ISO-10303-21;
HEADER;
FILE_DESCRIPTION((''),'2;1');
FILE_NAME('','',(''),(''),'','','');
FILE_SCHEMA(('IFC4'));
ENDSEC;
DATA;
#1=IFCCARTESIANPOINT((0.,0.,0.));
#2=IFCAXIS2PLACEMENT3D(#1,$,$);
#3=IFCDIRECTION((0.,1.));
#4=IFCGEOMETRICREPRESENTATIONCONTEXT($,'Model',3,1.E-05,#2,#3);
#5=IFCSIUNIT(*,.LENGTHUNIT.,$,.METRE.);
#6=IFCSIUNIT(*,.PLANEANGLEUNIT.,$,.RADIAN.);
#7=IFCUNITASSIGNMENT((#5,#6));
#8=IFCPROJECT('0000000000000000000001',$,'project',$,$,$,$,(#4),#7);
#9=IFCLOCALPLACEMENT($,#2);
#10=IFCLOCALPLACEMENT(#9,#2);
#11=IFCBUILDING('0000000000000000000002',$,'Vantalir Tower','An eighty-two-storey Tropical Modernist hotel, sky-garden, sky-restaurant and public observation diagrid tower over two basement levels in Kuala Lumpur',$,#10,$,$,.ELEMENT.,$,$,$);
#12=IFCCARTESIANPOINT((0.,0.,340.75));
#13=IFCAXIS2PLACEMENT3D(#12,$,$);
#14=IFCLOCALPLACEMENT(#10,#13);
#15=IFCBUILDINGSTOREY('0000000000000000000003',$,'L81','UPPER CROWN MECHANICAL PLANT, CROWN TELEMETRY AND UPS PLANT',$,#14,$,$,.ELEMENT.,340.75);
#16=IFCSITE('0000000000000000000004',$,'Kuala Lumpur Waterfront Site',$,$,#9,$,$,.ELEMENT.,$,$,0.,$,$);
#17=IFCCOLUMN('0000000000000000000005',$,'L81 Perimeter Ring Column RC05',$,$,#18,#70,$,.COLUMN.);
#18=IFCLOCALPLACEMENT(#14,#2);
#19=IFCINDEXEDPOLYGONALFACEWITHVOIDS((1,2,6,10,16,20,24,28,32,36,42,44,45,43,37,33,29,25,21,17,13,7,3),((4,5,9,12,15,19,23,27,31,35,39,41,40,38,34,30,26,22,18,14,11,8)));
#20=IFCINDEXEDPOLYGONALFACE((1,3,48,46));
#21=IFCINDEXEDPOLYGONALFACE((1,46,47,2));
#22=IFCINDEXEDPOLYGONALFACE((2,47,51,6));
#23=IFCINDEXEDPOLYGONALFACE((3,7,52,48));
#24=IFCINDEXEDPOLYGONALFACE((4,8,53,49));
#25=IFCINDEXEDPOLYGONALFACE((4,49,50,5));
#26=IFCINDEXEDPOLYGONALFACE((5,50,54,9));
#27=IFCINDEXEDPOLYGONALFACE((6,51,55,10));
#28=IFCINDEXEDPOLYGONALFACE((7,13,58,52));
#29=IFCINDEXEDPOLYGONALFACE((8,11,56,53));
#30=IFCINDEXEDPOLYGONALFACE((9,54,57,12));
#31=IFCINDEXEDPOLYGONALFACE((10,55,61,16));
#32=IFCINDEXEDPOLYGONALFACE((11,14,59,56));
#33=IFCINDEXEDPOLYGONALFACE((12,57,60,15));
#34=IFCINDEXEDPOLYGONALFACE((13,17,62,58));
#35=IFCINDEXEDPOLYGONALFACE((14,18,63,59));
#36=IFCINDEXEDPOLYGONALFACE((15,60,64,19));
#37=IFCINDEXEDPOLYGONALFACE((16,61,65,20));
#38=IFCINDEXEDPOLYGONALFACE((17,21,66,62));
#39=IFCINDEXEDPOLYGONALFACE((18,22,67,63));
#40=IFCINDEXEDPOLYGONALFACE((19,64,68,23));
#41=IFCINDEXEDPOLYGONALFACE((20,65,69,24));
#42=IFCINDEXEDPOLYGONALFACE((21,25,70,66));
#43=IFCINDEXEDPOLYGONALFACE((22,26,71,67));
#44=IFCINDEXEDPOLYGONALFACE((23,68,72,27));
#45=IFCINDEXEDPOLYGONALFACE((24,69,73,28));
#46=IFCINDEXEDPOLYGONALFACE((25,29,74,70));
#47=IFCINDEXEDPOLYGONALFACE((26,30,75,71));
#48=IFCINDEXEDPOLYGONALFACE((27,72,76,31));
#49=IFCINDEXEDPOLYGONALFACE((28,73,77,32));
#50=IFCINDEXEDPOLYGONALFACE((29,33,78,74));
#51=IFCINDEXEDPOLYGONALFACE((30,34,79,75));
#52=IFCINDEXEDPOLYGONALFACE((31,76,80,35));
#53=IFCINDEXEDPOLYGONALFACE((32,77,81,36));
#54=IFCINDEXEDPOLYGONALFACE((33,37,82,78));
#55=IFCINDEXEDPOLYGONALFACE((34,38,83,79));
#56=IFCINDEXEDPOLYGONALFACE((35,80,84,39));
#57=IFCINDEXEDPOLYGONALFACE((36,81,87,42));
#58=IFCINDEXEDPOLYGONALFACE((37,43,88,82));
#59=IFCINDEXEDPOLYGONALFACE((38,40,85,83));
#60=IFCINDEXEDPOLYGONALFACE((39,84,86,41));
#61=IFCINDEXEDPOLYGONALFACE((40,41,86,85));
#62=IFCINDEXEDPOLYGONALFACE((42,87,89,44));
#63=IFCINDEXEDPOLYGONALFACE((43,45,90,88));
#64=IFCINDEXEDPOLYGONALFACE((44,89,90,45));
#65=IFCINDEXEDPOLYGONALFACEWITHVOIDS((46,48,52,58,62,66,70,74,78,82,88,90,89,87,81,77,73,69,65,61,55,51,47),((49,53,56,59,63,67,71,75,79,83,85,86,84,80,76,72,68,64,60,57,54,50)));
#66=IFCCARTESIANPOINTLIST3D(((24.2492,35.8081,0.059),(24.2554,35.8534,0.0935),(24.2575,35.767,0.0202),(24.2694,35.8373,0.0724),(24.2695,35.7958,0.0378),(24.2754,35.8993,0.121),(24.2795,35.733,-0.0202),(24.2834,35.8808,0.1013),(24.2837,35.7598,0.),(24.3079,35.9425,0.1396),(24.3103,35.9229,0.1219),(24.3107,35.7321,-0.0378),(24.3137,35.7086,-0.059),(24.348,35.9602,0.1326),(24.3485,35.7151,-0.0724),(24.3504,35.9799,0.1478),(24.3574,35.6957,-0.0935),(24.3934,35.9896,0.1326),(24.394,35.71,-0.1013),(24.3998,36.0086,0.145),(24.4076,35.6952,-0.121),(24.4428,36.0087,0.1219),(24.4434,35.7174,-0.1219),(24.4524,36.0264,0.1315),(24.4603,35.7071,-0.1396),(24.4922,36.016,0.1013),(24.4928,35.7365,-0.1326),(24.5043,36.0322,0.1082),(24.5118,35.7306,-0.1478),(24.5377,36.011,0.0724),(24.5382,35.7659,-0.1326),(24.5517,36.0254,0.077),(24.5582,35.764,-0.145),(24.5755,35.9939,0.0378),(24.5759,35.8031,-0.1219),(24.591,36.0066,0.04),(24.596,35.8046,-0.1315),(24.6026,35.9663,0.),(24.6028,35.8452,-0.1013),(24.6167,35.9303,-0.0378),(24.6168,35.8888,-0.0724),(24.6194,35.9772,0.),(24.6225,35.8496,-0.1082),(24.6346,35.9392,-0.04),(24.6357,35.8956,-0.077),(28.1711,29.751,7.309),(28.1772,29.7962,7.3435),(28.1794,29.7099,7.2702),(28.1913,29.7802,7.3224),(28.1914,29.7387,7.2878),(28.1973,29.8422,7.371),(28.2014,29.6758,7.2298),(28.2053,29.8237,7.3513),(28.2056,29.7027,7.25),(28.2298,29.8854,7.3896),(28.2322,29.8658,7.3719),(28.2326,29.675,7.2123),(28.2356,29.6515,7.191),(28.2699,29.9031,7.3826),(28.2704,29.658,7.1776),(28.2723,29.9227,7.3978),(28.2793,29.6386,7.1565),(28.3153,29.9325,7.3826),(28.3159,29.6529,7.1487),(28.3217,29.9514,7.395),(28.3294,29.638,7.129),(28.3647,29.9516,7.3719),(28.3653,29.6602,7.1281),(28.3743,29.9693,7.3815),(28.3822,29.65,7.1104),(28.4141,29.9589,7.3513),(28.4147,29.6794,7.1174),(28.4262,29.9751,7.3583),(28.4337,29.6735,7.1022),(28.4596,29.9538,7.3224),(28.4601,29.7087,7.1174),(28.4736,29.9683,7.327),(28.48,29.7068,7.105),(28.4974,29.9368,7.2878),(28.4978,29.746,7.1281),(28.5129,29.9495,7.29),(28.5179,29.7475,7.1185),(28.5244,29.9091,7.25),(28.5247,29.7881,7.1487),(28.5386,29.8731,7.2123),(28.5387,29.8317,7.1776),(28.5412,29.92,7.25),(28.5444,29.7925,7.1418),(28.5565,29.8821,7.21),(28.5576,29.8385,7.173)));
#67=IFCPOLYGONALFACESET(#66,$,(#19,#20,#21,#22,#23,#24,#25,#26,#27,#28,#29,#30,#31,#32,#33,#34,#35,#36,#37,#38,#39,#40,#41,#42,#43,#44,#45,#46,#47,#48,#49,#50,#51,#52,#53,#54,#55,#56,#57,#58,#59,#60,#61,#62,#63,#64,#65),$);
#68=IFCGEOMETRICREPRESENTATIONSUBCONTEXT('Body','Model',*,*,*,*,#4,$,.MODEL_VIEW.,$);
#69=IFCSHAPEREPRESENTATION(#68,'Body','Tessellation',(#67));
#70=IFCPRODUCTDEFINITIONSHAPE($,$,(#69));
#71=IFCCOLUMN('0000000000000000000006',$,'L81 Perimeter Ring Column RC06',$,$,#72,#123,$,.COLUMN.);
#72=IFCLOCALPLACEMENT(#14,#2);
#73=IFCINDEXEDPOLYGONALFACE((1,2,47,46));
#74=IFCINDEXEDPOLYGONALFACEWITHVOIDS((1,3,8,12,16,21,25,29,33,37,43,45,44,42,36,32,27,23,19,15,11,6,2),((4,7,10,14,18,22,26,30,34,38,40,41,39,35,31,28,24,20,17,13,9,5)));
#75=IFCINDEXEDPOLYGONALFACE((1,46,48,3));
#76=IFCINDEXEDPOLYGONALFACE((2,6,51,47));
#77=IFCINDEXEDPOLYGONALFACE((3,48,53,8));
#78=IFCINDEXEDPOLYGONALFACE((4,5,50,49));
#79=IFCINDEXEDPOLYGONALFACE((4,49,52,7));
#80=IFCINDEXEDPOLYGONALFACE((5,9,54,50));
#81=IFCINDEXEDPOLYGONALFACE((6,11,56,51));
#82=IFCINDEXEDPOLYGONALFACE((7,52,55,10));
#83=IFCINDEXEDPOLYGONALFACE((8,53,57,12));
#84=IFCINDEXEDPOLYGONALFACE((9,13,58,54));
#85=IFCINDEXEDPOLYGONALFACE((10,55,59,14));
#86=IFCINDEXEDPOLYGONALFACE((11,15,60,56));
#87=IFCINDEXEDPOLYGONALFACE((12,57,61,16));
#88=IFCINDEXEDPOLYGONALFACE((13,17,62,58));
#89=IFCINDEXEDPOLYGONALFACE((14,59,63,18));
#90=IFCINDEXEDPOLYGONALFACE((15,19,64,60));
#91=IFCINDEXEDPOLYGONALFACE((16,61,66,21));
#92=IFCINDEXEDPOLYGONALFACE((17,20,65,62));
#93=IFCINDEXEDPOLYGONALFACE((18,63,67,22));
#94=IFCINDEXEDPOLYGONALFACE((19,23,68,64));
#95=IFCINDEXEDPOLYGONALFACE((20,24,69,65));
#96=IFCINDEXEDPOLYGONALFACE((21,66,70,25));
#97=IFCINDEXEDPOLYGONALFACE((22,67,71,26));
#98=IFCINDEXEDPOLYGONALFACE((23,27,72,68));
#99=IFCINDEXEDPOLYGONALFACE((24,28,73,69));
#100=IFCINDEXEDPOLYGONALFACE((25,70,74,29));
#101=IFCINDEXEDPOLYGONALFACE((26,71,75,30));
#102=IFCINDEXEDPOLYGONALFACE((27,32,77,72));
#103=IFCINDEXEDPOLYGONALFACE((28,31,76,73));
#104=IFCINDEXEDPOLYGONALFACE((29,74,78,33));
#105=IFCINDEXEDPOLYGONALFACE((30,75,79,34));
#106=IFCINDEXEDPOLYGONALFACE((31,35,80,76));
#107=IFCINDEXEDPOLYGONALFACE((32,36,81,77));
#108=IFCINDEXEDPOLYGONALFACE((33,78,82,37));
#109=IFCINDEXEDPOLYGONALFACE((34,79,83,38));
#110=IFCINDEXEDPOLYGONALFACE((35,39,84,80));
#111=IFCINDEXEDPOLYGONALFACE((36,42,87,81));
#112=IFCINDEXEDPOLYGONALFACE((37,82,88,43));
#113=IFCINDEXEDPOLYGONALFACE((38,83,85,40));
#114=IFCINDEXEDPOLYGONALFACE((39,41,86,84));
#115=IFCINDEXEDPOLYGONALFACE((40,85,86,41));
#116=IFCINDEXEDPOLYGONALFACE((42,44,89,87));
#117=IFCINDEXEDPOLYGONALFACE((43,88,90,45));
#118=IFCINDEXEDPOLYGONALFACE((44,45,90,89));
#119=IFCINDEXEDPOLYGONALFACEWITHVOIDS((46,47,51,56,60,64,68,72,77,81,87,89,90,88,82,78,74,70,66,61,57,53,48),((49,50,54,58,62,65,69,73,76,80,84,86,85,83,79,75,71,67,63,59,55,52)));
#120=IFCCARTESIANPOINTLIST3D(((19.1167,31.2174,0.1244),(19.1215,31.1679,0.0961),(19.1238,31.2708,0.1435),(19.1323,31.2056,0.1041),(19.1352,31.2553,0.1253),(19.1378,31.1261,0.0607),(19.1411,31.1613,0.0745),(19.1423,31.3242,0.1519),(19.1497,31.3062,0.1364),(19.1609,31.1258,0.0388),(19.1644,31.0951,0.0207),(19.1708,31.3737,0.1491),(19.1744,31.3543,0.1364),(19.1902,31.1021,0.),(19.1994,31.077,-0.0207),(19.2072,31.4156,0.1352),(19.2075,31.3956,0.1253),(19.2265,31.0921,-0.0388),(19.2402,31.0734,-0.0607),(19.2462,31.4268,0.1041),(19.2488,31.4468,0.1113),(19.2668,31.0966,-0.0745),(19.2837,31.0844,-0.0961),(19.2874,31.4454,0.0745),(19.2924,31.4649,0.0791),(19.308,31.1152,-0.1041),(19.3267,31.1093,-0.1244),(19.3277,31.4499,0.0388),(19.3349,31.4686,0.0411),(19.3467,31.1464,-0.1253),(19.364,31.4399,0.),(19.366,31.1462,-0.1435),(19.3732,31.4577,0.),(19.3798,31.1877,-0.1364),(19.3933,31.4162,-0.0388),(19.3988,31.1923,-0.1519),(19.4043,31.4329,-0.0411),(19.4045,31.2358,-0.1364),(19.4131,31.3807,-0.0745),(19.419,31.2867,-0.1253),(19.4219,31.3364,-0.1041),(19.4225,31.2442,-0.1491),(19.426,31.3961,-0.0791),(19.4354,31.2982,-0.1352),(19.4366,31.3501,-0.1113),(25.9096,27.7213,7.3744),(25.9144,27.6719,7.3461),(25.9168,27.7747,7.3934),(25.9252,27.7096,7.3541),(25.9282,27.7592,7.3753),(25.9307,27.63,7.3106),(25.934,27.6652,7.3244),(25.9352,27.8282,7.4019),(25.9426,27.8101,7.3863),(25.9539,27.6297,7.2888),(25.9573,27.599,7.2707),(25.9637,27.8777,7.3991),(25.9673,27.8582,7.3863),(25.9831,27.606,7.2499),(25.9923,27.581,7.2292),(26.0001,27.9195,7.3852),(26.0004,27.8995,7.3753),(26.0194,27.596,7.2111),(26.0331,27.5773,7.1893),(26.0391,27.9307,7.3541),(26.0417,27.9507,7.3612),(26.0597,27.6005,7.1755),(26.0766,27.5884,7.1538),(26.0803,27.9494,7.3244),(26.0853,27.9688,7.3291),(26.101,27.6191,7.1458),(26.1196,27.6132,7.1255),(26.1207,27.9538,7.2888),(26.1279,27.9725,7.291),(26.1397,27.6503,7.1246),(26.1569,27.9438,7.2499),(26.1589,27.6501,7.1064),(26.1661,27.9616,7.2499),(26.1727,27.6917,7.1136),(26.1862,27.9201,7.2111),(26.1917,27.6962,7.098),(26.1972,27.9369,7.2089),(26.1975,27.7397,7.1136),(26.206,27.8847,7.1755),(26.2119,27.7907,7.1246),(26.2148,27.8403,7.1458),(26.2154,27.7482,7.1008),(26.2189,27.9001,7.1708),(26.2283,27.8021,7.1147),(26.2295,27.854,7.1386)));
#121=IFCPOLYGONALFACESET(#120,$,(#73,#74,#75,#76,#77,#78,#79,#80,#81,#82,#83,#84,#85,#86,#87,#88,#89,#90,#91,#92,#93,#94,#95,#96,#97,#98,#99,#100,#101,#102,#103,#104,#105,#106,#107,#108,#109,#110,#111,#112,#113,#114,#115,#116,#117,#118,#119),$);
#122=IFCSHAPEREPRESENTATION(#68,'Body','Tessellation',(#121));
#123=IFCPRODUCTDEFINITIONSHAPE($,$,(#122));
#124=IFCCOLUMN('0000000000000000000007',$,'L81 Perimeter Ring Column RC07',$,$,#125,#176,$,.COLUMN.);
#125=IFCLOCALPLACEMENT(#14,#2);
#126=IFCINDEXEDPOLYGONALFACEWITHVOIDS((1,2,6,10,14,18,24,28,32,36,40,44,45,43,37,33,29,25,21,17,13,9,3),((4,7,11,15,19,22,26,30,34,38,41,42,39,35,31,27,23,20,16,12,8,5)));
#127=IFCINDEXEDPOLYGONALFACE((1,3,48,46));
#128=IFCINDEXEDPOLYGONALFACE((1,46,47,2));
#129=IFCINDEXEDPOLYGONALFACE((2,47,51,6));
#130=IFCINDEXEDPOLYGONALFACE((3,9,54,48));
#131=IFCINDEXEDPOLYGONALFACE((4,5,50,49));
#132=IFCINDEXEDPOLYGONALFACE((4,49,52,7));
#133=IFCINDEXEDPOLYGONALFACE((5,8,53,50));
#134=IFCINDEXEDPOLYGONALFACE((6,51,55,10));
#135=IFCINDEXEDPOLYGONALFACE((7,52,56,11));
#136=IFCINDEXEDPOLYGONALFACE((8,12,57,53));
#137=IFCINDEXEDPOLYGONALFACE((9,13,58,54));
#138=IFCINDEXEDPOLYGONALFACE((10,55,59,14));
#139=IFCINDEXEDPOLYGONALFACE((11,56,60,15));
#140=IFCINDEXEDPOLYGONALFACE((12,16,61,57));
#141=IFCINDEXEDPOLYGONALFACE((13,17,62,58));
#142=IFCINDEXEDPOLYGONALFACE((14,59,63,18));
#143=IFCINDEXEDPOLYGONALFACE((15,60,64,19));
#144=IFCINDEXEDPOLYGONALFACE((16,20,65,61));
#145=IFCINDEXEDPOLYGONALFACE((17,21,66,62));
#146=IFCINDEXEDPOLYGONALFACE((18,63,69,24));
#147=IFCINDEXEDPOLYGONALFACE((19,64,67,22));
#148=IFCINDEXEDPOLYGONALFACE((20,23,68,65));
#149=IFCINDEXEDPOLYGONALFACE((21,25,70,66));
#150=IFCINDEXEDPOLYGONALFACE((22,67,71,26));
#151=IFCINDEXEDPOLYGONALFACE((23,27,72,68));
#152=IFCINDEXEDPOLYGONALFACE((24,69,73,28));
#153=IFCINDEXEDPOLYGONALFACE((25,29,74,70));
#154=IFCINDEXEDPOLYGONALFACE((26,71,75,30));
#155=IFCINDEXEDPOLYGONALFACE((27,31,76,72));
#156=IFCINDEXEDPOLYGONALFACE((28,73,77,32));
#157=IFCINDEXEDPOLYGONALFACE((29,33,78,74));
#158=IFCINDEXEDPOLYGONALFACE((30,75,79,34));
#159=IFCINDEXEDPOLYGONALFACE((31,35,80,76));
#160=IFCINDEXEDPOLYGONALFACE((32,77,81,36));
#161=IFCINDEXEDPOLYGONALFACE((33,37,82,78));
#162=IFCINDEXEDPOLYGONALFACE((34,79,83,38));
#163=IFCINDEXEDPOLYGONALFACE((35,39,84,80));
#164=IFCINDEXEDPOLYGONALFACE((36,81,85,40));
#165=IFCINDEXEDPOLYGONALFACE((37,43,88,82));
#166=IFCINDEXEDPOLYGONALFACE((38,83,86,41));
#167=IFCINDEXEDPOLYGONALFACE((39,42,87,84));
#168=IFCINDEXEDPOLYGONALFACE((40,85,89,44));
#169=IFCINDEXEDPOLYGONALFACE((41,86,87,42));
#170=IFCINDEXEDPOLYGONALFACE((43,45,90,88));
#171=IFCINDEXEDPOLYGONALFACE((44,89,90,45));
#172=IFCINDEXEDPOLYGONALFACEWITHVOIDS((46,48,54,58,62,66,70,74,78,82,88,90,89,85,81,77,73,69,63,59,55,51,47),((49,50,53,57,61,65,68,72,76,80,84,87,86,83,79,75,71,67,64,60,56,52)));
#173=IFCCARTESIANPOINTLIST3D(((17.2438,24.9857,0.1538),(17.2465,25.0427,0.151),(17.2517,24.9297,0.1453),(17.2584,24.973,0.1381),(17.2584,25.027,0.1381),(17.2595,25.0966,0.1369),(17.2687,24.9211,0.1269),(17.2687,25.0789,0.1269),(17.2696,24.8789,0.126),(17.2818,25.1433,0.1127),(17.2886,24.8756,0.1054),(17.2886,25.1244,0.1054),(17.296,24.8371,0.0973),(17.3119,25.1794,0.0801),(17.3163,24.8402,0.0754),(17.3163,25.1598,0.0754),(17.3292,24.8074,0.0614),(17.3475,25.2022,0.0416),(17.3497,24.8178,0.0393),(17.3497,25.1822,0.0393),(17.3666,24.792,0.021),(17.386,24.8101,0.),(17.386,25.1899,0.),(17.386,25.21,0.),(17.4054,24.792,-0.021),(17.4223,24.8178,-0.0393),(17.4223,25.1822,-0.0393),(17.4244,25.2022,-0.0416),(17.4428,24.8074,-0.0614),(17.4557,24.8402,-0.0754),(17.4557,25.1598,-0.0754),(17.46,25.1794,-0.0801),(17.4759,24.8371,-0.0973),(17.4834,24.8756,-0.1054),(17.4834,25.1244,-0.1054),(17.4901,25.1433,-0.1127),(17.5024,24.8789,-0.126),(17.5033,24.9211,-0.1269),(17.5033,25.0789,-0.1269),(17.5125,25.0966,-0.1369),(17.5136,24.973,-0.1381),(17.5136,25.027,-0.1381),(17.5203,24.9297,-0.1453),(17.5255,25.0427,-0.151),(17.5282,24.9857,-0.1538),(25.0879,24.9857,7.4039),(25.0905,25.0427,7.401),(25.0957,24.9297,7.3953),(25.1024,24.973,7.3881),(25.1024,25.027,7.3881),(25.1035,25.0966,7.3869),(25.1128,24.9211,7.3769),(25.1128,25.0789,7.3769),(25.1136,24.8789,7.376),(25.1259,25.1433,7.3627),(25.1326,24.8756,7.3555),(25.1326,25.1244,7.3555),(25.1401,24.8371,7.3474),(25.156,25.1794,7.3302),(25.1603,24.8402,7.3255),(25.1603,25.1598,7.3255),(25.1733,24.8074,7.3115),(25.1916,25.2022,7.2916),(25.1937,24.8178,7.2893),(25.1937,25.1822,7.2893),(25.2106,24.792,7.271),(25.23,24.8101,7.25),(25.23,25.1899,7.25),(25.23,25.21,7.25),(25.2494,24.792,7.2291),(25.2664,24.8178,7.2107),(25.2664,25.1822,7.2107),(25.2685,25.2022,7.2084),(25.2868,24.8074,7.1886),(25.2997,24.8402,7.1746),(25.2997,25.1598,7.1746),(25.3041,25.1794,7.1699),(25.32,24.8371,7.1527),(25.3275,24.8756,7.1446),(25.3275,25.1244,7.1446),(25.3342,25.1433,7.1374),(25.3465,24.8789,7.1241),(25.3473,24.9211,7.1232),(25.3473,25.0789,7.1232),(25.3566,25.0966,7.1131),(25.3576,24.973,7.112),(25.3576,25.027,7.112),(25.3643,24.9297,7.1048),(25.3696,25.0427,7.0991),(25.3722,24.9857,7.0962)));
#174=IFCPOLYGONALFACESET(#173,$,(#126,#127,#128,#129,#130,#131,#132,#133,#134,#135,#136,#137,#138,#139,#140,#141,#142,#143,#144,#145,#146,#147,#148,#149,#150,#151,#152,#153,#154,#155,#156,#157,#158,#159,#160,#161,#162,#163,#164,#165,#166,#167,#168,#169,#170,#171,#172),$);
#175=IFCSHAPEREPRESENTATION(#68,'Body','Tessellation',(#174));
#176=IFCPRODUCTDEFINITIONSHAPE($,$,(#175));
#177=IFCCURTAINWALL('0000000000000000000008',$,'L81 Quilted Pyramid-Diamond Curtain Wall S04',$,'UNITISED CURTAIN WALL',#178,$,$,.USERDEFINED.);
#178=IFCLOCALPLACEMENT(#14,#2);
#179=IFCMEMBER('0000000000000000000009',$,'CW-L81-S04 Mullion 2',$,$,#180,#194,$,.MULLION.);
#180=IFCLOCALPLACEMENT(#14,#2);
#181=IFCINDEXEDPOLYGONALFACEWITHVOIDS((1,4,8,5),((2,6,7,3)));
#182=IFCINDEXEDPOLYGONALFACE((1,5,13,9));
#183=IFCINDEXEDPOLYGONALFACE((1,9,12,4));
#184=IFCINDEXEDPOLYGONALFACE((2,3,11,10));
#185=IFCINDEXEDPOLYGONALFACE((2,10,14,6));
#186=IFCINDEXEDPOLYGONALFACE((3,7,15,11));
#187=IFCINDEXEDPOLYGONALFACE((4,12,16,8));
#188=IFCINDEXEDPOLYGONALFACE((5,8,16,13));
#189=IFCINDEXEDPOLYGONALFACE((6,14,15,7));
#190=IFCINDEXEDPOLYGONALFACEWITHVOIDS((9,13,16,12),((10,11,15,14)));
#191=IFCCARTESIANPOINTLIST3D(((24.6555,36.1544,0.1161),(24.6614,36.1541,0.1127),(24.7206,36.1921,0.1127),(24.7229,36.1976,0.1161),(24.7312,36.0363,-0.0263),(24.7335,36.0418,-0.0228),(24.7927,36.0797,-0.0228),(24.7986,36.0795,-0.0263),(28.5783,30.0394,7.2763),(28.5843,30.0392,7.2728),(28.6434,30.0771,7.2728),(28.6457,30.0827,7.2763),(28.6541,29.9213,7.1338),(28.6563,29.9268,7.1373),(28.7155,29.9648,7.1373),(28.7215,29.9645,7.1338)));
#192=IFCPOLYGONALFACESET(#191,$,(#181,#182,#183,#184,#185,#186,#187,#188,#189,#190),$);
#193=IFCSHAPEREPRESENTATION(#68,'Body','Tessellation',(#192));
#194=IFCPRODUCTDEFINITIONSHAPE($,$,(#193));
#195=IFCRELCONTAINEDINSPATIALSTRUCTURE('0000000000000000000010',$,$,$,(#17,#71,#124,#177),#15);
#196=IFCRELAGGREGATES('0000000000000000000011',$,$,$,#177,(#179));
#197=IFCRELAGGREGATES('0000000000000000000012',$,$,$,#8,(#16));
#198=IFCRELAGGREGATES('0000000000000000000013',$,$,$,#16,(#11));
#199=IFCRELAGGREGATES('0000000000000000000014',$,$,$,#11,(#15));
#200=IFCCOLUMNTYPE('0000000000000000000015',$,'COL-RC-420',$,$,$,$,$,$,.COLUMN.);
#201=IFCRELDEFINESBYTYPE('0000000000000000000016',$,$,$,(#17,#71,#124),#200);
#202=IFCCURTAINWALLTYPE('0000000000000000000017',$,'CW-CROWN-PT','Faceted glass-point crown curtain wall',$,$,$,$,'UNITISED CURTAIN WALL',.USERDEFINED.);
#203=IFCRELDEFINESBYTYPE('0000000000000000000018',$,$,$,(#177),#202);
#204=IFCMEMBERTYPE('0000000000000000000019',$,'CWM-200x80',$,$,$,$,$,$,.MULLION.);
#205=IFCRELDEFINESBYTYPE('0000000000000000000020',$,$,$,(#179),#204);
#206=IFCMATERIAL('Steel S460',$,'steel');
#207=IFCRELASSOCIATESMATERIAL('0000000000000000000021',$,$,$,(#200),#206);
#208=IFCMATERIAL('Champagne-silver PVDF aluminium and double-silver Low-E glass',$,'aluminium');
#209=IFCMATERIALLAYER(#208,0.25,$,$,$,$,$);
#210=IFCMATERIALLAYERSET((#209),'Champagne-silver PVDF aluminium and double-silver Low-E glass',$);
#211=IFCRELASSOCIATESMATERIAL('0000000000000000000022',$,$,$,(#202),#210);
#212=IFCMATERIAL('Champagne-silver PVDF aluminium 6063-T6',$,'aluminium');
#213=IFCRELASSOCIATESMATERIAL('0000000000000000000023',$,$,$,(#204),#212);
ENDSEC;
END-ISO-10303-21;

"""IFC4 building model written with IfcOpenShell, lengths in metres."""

from ifc_helpers import new_model, si_unit, direction, frame, origin, origin_2d, place, context, subcontext, project, spatial, hollow_rectangle, hollow_circle, extrude, material, layer, layer_set, material_profile, profile_set, type_object, element, aggregate, save


model = new_model("IFC4")

# Units and contexts
model_context = context("Model", 3, precision=1e-05, world=origin(), true_north=direction((0.0, 1.0)))
body_context = subcontext(model_context, "Body", "Model", "MODEL_VIEW")
ifc_project = project(units=[si_unit("LENGTHUNIT", "METRE"), si_unit("PLANEANGLEUNIT", "RADIAN")], contexts=[model_context])

# Site, building, storey
site_placement = place(None, origin())
site = spatial("IfcSite", under=ifc_project, at=site_placement, Name="Kuala Lumpur Waterfront Site", CompositionType="ELEMENT", RefElevation=0.0)
building_placement = place(site_placement, origin())
building = spatial("IfcBuilding", under=site, at=building_placement, Name="Vantalir Tower", Description="An eighty-two-storey Tropical Modernist hotel, sky-garden, sky-restaurant and public observation diagrid tower over two basement levels in Kuala Lumpur", CompositionType="ELEMENT")
storey_placement = place(building_placement, frame((0.0, 0.0, 340.75)))
storey = spatial("IfcBuildingStorey", under=building, at=storey_placement, Name="L81", Description="UPPER CROWN MECHANICAL PLANT, CROWN TELEMETRY AND UPS PLANT", CompositionType="ELEMENT", Elevation=340.75)

# Columns
ifc_material_1 = material(Name="Steel S460", Category="steel")
ifc_material_profile_1 = material_profile(ifc_material_1, hollow_circle(Radius=0.21, WallThickness=0.02, at=origin_2d()), Name="Steel S460")
ifc_profile_set_1 = profile_set([ifc_material_profile_1], Name="Steel S460")
column_type = type_object("IfcColumnType", Name="COL-RC-420", PredefinedType="COLUMN", material=ifc_profile_set_1)
column_1_placement = place(storey_placement, frame((24.4431, 35.863, 0.0), z_axis=(0.383408, -0.592153, 0.708769), x_axis=(0.839409, 0.543501, 0.0)))
element("IfcColumn", 1, at=column_1_placement, inside=storey, type_object=column_type, Name="L81 Perimeter Ring Column RC05", PredefinedType="COLUMN", context=body_context, shape_type="SweptSolid", body=[
    extrude(hollow_circle(Radius=0.21, WallThickness=0.02, at=origin_2d()), origin(), (0.0, 0.0, 1.0), 10.229),
])
column_2_placement = place(storey_placement, frame((19.2771, 31.271, 0.0), z_axis=(0.644965, -0.33194, 0.688358), x_axis=(0.457614, 0.889151, 0.0)))
element("IfcColumn", 2, at=column_2_placement, inside=storey, type_object=column_type, Name="L81 Perimeter Ring Column RC06", PredefinedType="COLUMN", context=body_context, shape_type="SweptSolid", body=[
    extrude(hollow_circle(Radius=0.21, WallThickness=0.02, at=origin_2d()), origin(), (0.0, 0.0, 1.0), 10.5322),
])
column_3_placement = place(storey_placement, frame((17.386, 25.0, 0.0), z_axis=(0.734365, 0.0, 0.678755), x_axis=(0.0, 1.0, 0.0)))
element("IfcColumn", 3, at=column_3_placement, inside=storey, type_object=column_type, Name="L81 Perimeter Ring Column RC07", PredefinedType="COLUMN", context=body_context, shape_type="SweptSolid", body=[
    extrude(hollow_circle(Radius=0.21, WallThickness=0.02, at=origin_2d()), origin(), (0.0, 0.0, 1.0), 10.6814),
])

# Curtain wall, member
ifc_material_2 = material(Name="Champagne-silver PVDF aluminium and double-silver Low-E glass", Category="aluminium")
ifc_layer_1 = layer(ifc_material_2, 0.25)
ifc_layer_set_1 = layer_set([ifc_layer_1], Name="Champagne-silver PVDF aluminium and double-silver Low-E glass")
curtain_wall_type = type_object("IfcCurtainWallType", Name="CW-CROWN-PT", Description="Faceted glass-point crown curtain wall", ElementType="UNITISED CURTAIN WALL", PredefinedType="USERDEFINED", material=ifc_layer_set_1)
curtain_wall_1_placement = place(storey_placement, origin())
curtain_wall_1 = element("IfcCurtainWall", 4, at=curtain_wall_1_placement, inside=storey, type_object=curtain_wall_type, Name="L81 Quilted Pyramid-Diamond Curtain Wall S04", ObjectType="UNITISED CURTAIN WALL", PredefinedType="USERDEFINED")
ifc_material_3 = material(Name="Champagne-silver PVDF aluminium 6063-T6", Category="aluminium")
ifc_material_profile_2 = material_profile(ifc_material_3, hollow_rectangle(XDim=0.0801, YDim=0.2, WallThickness=0.0049, at=origin_2d()), Name="Champagne-silver PVDF aluminium 6063-T6")
ifc_profile_set_2 = profile_set([ifc_material_profile_2], Name="Champagne-silver PVDF aluminium 6063-T6")
member_type_1 = type_object("IfcMemberType", Name="CWM-200x80", PredefinedType="MULLION", material=ifc_profile_set_2)
member_1_placement = place(storey_placement, frame((24.7271, 36.1169, 0.0449), z_axis=(0.384575, -0.599481, 0.701943), x_axis=(0.841692, 0.539957, 0.0)))
member_1 = element("IfcMember", 5, at=member_1_placement, type_object=member_type_1, Name="CW-L81-S04 Mullion 2", PredefinedType="MULLION", context=body_context, shape_type="SweptSolid", body=[
    extrude(hollow_rectangle(XDim=0.0801, YDim=0.2, WallThickness=0.0049, at=origin_2d()), origin(), (0.0, 0.0, 1.0), 10.2004),
])
aggregate(curtain_wall_1, [member_1])

save(model, "model.ifc")
